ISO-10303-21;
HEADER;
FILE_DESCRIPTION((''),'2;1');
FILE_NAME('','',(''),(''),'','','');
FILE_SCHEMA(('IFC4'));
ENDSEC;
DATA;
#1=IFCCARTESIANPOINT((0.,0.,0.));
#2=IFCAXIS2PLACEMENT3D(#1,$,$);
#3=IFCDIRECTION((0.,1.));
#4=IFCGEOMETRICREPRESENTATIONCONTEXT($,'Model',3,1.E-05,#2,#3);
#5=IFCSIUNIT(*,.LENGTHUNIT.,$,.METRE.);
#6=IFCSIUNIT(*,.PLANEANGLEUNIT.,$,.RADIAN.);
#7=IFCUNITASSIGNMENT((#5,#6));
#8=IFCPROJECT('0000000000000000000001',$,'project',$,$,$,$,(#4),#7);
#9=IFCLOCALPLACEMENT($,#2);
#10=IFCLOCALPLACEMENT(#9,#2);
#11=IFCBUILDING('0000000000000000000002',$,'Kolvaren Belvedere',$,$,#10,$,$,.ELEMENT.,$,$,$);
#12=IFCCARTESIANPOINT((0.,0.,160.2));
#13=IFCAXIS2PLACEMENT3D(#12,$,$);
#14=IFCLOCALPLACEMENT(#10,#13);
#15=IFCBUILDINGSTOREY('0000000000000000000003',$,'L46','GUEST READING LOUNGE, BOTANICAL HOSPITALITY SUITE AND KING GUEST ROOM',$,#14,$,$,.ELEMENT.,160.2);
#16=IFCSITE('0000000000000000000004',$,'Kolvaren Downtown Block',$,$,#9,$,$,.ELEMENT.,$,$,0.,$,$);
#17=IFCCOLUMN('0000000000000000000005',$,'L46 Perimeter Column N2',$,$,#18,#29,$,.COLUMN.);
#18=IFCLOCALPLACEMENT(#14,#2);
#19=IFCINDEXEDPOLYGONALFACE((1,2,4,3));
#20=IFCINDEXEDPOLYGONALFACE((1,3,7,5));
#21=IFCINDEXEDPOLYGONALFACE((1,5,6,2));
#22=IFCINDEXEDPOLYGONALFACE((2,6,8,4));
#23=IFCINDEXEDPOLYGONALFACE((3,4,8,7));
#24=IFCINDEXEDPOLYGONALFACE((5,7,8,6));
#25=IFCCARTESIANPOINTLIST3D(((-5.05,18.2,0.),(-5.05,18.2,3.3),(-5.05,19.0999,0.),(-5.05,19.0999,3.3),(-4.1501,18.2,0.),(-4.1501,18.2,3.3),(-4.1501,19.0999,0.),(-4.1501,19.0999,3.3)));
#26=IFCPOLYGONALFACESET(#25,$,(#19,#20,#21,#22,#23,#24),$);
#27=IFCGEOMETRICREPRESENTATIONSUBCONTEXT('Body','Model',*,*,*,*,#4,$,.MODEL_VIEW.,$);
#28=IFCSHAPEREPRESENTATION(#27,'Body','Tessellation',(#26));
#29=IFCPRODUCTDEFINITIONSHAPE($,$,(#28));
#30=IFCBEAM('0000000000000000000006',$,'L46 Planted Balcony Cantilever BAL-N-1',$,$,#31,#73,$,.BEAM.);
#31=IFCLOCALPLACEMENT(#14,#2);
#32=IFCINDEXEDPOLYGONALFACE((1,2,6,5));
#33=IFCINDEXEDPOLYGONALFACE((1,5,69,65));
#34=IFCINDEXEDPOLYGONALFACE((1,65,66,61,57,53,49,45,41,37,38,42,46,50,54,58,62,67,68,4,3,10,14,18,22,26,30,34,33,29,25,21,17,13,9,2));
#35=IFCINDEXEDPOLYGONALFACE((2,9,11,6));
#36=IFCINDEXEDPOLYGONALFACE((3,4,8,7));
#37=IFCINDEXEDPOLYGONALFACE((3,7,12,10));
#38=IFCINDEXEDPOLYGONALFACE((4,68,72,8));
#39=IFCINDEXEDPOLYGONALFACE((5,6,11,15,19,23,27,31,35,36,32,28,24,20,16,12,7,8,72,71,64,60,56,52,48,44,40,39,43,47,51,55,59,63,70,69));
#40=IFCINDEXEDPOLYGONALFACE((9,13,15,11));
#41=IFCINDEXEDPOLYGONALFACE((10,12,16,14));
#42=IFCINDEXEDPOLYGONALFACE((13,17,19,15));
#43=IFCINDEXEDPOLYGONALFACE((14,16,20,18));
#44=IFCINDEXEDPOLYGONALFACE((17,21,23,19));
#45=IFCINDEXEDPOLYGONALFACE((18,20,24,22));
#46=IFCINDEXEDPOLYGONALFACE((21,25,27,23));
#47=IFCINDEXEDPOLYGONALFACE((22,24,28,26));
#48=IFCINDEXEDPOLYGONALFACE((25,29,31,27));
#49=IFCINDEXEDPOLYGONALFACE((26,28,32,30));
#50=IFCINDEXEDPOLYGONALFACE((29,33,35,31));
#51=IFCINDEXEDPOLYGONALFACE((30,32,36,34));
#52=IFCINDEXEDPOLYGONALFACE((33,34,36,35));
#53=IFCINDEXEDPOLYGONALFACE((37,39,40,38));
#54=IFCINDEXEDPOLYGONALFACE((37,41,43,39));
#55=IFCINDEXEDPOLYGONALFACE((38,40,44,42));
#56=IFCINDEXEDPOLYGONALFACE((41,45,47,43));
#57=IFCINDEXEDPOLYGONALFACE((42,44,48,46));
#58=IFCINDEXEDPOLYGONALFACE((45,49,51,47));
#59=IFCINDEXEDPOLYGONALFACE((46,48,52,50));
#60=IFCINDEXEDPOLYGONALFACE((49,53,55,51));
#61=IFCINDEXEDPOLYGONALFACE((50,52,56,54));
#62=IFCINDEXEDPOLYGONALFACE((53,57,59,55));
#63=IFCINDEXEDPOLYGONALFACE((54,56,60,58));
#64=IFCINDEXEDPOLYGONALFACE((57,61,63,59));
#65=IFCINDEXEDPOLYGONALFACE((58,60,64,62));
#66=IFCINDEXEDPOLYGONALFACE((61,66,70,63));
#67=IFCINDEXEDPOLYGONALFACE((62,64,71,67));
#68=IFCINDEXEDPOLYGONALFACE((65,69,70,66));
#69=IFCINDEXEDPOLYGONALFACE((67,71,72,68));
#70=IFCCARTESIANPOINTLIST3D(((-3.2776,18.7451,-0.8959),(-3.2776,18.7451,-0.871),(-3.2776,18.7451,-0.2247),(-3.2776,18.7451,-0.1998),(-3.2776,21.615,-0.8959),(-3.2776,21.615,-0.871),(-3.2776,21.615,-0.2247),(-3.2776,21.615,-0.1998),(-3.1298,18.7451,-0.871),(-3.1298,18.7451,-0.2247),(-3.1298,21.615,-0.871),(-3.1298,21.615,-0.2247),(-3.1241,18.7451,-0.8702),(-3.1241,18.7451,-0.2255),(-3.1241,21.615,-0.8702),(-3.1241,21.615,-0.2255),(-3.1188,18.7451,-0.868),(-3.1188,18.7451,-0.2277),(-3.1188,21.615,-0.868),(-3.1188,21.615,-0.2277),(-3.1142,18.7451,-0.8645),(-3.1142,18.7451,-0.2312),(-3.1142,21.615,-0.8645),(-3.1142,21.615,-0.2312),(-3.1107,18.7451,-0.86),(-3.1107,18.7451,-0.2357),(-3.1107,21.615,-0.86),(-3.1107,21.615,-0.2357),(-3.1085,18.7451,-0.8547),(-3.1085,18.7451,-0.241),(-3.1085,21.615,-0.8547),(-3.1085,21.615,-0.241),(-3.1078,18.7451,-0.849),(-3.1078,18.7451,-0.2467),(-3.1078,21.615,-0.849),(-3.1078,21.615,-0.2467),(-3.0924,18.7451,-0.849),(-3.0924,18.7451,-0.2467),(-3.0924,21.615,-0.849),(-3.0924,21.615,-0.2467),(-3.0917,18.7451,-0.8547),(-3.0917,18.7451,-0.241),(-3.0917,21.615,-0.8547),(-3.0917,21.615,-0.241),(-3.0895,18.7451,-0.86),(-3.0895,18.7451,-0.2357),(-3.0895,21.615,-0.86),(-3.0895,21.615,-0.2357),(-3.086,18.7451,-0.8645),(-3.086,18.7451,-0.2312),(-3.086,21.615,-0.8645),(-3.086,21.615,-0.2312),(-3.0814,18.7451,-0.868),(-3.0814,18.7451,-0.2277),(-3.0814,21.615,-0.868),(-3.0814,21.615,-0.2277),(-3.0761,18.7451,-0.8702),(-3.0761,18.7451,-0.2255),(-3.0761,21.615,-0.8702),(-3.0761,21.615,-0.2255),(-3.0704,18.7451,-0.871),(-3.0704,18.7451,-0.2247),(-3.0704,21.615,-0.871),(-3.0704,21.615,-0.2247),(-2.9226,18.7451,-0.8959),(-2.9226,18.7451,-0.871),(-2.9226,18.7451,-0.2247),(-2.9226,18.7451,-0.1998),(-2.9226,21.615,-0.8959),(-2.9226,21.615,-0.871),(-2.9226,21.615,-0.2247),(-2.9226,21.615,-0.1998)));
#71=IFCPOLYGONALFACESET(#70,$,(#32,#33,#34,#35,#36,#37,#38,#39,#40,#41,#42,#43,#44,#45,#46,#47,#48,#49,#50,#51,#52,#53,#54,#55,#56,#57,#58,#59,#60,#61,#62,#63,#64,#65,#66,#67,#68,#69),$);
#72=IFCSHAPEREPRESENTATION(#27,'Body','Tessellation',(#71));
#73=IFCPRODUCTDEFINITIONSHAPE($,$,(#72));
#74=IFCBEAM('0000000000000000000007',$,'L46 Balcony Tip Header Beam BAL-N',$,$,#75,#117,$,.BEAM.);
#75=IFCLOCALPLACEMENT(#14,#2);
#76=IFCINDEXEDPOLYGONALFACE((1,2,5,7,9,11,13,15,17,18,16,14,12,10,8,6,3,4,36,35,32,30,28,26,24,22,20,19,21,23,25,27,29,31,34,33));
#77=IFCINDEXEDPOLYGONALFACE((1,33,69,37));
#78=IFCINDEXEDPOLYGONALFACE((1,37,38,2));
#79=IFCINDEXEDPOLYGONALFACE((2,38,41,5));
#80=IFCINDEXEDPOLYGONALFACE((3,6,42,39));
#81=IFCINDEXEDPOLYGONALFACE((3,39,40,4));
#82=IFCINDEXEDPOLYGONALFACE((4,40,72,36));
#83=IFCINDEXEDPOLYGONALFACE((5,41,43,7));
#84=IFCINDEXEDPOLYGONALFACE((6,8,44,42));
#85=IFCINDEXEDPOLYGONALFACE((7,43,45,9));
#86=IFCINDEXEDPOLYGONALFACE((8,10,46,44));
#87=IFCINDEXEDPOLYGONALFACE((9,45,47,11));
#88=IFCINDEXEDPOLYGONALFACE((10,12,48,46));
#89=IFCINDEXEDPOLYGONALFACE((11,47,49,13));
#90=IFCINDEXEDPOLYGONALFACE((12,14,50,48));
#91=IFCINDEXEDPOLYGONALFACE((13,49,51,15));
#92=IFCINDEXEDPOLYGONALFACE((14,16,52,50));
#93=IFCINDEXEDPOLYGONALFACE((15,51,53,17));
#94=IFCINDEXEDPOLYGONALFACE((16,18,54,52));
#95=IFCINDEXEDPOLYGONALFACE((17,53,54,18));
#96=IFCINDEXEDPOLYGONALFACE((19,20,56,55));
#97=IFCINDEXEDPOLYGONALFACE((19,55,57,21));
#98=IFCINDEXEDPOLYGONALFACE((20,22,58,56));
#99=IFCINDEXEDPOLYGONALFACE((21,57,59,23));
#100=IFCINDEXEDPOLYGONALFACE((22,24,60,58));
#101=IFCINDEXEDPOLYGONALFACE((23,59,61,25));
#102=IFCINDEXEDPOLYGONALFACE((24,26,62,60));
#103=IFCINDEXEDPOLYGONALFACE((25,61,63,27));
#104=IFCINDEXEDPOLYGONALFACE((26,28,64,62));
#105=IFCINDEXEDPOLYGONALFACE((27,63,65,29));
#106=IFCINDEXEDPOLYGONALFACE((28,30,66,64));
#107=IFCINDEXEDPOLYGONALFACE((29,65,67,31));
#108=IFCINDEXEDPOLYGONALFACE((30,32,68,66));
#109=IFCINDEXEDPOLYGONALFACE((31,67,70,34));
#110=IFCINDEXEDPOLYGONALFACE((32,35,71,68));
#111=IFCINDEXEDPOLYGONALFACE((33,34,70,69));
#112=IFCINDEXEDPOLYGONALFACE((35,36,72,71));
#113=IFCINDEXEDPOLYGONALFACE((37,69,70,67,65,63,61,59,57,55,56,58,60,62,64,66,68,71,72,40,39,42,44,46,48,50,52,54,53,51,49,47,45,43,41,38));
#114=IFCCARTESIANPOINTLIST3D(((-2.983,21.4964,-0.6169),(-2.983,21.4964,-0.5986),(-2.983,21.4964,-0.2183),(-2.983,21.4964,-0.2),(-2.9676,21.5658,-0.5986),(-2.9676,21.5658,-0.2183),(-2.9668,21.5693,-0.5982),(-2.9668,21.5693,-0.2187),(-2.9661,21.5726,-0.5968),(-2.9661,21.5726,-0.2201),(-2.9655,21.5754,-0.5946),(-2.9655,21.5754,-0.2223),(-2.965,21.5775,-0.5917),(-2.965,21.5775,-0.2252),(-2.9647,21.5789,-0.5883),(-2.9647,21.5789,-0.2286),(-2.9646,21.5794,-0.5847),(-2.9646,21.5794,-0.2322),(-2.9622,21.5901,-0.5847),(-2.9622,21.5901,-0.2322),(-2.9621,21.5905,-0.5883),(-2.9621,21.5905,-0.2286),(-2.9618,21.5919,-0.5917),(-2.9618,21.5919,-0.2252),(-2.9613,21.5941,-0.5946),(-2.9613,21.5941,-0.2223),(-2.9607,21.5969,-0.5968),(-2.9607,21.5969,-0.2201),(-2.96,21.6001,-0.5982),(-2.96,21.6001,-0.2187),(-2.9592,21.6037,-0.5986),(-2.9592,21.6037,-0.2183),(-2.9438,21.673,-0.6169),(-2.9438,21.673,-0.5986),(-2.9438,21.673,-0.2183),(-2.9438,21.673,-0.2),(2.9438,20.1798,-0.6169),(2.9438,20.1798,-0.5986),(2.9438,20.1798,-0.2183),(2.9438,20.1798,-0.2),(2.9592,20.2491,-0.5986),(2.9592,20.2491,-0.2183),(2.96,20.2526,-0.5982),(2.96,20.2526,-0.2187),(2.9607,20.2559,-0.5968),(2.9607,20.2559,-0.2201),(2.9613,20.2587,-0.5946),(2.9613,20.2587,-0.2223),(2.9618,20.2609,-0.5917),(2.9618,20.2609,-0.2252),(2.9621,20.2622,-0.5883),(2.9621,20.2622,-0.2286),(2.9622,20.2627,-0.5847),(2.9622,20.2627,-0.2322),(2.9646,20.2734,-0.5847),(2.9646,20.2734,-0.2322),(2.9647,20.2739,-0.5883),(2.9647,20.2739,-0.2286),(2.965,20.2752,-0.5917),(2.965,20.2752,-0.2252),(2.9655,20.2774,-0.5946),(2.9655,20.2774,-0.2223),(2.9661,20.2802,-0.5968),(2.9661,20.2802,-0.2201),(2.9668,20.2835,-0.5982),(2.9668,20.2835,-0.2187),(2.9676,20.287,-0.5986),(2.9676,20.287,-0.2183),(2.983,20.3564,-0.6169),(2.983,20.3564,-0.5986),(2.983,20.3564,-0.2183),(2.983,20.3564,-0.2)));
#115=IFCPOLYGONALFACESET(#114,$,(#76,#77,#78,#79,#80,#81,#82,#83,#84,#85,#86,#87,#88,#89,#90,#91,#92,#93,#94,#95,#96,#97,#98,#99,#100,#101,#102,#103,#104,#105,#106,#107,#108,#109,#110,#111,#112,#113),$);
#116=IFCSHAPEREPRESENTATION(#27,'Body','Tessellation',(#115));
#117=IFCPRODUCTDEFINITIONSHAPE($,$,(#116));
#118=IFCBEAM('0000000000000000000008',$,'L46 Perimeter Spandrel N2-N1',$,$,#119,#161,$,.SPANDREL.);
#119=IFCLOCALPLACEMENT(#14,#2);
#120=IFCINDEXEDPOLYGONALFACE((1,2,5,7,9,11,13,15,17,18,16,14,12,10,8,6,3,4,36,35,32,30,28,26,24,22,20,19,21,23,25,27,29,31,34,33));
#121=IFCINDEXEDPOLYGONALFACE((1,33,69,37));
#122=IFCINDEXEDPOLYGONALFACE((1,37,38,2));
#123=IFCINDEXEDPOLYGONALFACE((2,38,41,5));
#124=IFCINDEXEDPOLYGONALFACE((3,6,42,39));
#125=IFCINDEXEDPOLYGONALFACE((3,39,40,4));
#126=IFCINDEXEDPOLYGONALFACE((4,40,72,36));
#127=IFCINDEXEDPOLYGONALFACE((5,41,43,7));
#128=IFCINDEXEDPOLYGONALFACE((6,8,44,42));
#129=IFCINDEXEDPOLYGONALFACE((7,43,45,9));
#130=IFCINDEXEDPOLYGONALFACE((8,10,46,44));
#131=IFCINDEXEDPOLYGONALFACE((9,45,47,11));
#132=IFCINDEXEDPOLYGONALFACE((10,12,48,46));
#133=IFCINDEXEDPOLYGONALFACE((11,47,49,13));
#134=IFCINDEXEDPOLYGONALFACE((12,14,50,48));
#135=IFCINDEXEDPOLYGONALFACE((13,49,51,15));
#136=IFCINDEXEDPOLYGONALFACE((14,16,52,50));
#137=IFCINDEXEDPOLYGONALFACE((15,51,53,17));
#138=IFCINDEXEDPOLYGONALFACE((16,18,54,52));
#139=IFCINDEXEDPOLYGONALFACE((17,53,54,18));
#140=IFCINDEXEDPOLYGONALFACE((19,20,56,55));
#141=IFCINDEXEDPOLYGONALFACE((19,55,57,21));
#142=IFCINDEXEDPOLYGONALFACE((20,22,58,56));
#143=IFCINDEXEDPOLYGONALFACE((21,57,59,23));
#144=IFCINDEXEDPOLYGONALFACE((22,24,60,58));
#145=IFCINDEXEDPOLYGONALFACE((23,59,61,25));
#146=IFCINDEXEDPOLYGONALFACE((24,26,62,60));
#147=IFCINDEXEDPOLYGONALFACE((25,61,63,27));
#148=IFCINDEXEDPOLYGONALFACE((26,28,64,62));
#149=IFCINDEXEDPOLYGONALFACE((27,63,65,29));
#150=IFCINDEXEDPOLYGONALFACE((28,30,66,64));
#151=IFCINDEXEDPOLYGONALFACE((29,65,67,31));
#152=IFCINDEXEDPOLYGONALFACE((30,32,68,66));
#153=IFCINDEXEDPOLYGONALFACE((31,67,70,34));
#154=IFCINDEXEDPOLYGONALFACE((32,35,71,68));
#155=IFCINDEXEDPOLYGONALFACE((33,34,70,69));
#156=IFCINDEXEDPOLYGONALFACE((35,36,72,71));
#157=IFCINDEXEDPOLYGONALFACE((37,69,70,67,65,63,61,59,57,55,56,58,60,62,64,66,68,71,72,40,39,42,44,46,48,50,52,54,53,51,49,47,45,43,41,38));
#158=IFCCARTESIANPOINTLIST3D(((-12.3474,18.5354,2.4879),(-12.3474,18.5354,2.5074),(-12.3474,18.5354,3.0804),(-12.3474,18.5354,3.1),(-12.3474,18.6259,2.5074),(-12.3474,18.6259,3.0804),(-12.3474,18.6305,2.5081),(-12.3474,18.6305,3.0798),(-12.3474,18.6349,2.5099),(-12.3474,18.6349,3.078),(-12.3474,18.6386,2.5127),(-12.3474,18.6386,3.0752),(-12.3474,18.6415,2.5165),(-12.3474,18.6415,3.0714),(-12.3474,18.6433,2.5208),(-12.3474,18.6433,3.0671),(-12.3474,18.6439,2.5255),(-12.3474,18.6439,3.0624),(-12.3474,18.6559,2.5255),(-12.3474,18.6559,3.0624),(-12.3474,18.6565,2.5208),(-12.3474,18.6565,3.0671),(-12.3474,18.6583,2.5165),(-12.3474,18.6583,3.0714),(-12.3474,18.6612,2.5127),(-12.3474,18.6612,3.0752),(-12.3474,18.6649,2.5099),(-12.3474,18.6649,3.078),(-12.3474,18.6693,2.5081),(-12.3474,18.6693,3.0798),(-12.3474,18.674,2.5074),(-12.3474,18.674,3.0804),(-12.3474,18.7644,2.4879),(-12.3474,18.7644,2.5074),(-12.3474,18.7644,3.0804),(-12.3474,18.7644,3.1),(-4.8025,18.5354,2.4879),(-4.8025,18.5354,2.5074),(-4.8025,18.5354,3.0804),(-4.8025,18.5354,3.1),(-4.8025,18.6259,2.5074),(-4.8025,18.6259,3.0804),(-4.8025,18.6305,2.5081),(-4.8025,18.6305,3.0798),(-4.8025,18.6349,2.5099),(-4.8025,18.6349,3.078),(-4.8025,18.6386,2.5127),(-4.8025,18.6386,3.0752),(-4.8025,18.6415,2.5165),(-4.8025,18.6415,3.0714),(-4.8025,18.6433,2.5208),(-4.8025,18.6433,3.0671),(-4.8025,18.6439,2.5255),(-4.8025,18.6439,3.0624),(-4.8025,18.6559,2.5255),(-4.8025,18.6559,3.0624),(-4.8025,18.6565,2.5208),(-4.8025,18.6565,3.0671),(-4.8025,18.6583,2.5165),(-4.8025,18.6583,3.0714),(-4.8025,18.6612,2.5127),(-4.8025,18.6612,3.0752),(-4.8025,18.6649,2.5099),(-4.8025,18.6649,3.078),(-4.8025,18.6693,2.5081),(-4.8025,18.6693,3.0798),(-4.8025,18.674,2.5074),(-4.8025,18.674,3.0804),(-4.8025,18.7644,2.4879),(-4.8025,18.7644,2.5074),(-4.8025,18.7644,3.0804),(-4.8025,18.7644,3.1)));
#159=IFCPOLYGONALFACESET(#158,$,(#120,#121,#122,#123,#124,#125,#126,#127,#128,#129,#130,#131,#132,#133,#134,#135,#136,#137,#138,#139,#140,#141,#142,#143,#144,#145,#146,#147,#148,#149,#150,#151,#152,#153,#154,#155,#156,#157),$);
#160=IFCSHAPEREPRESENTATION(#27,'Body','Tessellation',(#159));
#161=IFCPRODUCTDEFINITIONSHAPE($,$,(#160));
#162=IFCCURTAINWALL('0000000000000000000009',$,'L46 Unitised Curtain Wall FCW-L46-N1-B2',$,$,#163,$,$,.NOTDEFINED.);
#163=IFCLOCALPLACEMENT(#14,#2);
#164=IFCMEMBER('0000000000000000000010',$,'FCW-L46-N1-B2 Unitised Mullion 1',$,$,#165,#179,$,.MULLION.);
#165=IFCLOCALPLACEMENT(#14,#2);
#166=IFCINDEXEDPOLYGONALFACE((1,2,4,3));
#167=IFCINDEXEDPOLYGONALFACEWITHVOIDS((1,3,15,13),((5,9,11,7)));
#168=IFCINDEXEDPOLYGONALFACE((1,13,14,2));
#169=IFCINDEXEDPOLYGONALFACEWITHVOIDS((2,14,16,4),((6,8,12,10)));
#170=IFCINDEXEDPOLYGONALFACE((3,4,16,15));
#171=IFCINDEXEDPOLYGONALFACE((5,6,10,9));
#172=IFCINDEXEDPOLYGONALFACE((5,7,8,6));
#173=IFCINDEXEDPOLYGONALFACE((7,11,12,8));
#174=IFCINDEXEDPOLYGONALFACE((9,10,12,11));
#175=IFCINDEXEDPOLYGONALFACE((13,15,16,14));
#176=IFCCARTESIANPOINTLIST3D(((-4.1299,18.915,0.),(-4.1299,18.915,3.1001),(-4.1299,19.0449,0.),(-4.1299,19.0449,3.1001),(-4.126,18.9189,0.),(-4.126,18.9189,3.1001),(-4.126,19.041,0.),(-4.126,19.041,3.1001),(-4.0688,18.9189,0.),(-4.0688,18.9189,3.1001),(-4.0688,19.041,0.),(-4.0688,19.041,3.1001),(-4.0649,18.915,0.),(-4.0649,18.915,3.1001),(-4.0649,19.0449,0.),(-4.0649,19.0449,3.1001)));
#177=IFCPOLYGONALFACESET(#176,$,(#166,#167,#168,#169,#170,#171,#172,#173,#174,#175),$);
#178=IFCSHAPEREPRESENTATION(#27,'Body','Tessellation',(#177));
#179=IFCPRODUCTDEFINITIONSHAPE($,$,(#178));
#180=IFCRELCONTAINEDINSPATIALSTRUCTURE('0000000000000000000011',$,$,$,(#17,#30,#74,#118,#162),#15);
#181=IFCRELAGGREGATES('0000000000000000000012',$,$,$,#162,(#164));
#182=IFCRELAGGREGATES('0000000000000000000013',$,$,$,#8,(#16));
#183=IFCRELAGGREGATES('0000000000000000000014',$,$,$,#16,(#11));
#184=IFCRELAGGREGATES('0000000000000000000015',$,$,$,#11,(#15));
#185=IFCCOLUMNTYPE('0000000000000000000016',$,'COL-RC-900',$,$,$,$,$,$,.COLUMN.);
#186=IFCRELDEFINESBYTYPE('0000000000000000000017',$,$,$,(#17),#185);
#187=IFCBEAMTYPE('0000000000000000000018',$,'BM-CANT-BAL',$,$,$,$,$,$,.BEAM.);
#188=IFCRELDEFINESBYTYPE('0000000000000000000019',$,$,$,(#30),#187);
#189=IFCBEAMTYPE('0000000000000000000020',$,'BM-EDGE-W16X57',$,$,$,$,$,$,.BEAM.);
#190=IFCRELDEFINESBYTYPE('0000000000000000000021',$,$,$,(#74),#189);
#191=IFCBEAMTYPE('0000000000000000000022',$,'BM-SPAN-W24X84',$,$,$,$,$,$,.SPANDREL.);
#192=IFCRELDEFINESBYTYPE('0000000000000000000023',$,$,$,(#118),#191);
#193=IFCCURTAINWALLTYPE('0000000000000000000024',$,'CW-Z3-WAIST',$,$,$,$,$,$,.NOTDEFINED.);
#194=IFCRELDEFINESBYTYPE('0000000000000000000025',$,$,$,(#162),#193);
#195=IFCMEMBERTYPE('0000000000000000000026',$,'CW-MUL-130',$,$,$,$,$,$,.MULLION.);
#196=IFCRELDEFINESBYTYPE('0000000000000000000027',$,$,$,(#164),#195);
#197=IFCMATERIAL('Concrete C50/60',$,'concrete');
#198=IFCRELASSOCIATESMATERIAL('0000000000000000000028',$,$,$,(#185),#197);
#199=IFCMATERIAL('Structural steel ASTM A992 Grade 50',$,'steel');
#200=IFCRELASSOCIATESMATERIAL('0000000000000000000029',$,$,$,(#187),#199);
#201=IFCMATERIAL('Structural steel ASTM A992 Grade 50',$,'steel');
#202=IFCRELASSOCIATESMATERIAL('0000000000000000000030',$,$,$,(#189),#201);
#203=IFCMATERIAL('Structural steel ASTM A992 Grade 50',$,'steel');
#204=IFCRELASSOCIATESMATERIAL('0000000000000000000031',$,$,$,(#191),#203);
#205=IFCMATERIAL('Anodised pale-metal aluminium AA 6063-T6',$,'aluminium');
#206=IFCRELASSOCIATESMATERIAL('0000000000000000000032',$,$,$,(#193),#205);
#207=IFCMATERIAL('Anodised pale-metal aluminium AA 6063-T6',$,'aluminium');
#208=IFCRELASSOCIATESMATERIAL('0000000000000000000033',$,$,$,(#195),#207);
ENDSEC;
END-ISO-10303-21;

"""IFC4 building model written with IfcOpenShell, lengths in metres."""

from ifc_helpers import new_model, si_unit, direction, frame, origin, origin_2d, place, context, subcontext, project, spatial, rectangle, hollow_rectangle, i_section, extrude, material, material_profile, profile_set, type_object, element, aggregate, save


model = new_model("IFC4")

# Units and contexts
model_context = context("Model", 3, precision=1e-05, world=origin(), true_north=direction((0.0, 1.0)))
body_context = subcontext(model_context, "Body", "Model", "MODEL_VIEW")
ifc_project = project(units=[si_unit("LENGTHUNIT", "METRE"), si_unit("PLANEANGLEUNIT", "RADIAN")], contexts=[model_context])

# Site, building, storey
site_placement = place(None, origin())
site = spatial("IfcSite", under=ifc_project, at=site_placement, Name="Kolvaren Downtown Block", CompositionType="ELEMENT", RefElevation=0.0)
building_placement = place(site_placement, origin())
building = spatial("IfcBuilding", under=site, at=building_placement, Name="Kolvaren Belvedere", CompositionType="ELEMENT")
storey_placement = place(building_placement, frame((0.0, 0.0, 160.2)))
storey = spatial("IfcBuildingStorey", under=building, at=storey_placement, Name="L46", Description="GUEST READING LOUNGE, BOTANICAL HOSPITALITY SUITE AND KING GUEST ROOM", CompositionType="ELEMENT", Elevation=160.2)

# Column
ifc_material_1 = material(Name="Concrete C50/60", Category="concrete")
ifc_material_profile_1 = material_profile(ifc_material_1, rectangle(XDim=0.8999, YDim=0.8999, at=origin_2d()), Name="RC 900X900")
ifc_profile_set_1 = profile_set([ifc_material_profile_1], Name="Concrete C50/60")
column_type = type_object("IfcColumnType", Name="COL-RC-900", PredefinedType="COLUMN", material=ifc_profile_set_1)
column_placement = place(storey_placement, frame((-4.6001, 18.6499, 0.0), z_axis=(0.0, 0.0, 1.0), x_axis=(1.0, 0.0, 0.0)))
element("IfcColumn", 1, at=column_placement, inside=storey, type_object=column_type, Name="L46 Perimeter Column N2", PredefinedType="COLUMN", context=body_context, shape_type="SweptSolid", body=[
    extrude(rectangle(XDim=0.8999, YDim=0.8999, at=origin_2d()), origin(), (0.0, 0.0, 1.0), 3.3),
])

# Beams
ifc_material_2 = material(Name="Structural steel ASTM A992 Grade 50", Category="steel")
ifc_material_profile_2 = material_profile(ifc_material_2, i_section(OverallWidth=0.355, OverallDepth=0.696, WebThickness=0.0154, FlangeThickness=0.0249, FilletRadius=0.022, at=origin_2d()), Name="W27X146")
ifc_profile_set_2 = profile_set([ifc_material_profile_2], Name="Structural steel ASTM A992 Grade 50")
beam_type_1 = type_object("IfcBeamType", Name="BM-CANT-BAL", PredefinedType="BEAM", material=ifc_profile_set_2)
beam_1_placement = place(storey_placement, frame((-3.1001, 18.7451, -0.5479), z_axis=(0.0, 1.0, 0.0), x_axis=(-1.0, 0.0, 0.0)))
element("IfcBeam", 2, at=beam_1_placement, inside=storey, type_object=beam_type_1, Name="L46 Planted Balcony Cantilever BAL-N-1", PredefinedType="BEAM", context=body_context, shape_type="SweptSolid", body=[
    extrude(i_section(OverallWidth=0.355, OverallDepth=0.696, WebThickness=0.0154, FlangeThickness=0.0249, FilletRadius=0.022, at=origin_2d()), origin(), (0.0, 0.0, 1.0), 2.8699),
])
ifc_material_3 = material(Name="Structural steel ASTM A992 Grade 50", Category="steel")
ifc_material_profile_3 = material_profile(ifc_material_3, i_section(OverallWidth=0.1809, OverallDepth=0.417, WebThickness=0.011, FlangeThickness=0.0183, FilletRadius=0.0139, at=origin_2d()), Name="W16X57")
ifc_profile_set_3 = profile_set([ifc_material_profile_3], Name="Structural steel ASTM A992 Grade 50")
beam_type_2 = type_object("IfcBeamType", Name="BM-EDGE-W16X57", PredefinedType="BEAM", material=ifc_profile_set_3)
beam_2_placement = place(storey_placement, frame((-2.9634, 21.5847, -0.4084), z_axis=(0.976201, -0.216867, 0.0), x_axis=(0.216867, 0.976201, 0.0)))
element("IfcBeam", 3, at=beam_2_placement, inside=storey, type_object=beam_type_2, Name="L46 Balcony Tip Header Beam BAL-N", PredefinedType="BEAM", context=body_context, shape_type="SweptSolid", body=[
    extrude(i_section(OverallWidth=0.1809, OverallDepth=0.417, WebThickness=0.011, FlangeThickness=0.0183, FilletRadius=0.0139, at=origin_2d()), origin(), (0.0, 0.0, 1.0), 6.0713),
])
ifc_material_4 = material(Name="Structural steel ASTM A992 Grade 50", Category="steel")
ifc_material_profile_4 = material_profile(ifc_material_4, i_section(OverallWidth=0.229, OverallDepth=0.6121, WebThickness=0.012, FlangeThickness=0.0195, FilletRadius=0.0181, at=origin_2d()), Name="W24X84")
ifc_profile_set_4 = profile_set([ifc_material_profile_4], Name="Structural steel ASTM A992 Grade 50")
beam_type_3 = type_object("IfcBeamType", Name="BM-SPAN-W24X84", PredefinedType="SPANDREL", material=ifc_profile_set_4)
beam_3_placement = place(storey_placement, frame((-4.8025, 18.6499, 2.7939), z_axis=(-1.0, 0.0, 0.0), x_axis=(0.0, -1.0, 0.0)))
element("IfcBeam", 4, at=beam_3_placement, inside=storey, type_object=beam_type_3, Name="L46 Perimeter Spandrel N2-N1", PredefinedType="SPANDREL", context=body_context, shape_type="SweptSolid", body=[
    extrude(i_section(OverallWidth=0.229, OverallDepth=0.6121, WebThickness=0.012, FlangeThickness=0.0195, FilletRadius=0.0181, at=origin_2d()), origin(), (0.0, 0.0, 1.0), 7.5449),
])

# Curtain wall, member
ifc_material_5 = material(Name="Anodised pale-metal aluminium AA 6063-T6", Category="aluminium")
curtain_wall_type = type_object("IfcCurtainWallType", Name="CW-Z3-WAIST", PredefinedType="NOTDEFINED", material=ifc_material_5)
curtain_wall_placement = place(storey_placement, origin())
curtain_wall = element("IfcCurtainWall", 5, at=curtain_wall_placement, inside=storey, type_object=curtain_wall_type, Name="L46 Unitised Curtain Wall FCW-L46-N1-B2", PredefinedType="NOTDEFINED")
ifc_material_6 = material(Name="Anodised pale-metal aluminium AA 6063-T6", Category="aluminium")
ifc_material_profile_5 = material_profile(ifc_material_6, hollow_rectangle(XDim=0.0649, YDim=0.1299, WallThickness=0.0039, at=origin_2d()), Name="ALU-MUL-130X65")
ifc_profile_set_5 = profile_set([ifc_material_profile_5], Name="Anodised pale-metal aluminium AA 6063-T6")
member_type_1 = type_object("IfcMemberType", Name="CW-MUL-130", PredefinedType="MULLION", material=ifc_profile_set_5)
member_1_placement = place(storey_placement, frame((-4.0974, 18.98, 0.0), z_axis=(0.0, 0.0, 1.0), x_axis=(1.0, 0.0, 0.0)))
member_1 = element("IfcMember", 6, at=member_1_placement, type_object=member_type_1, Name="FCW-L46-N1-B2 Unitised Mullion 1", PredefinedType="MULLION", context=body_context, shape_type="SweptSolid", body=[
    extrude(hollow_rectangle(XDim=0.0649, YDim=0.1299, WallThickness=0.0039, at=origin_2d()), origin(), (0.0, 0.0, 1.0), 3.1001),
])

aggregate(curtain_wall, [member_1])

save(model, "model.ifc")
